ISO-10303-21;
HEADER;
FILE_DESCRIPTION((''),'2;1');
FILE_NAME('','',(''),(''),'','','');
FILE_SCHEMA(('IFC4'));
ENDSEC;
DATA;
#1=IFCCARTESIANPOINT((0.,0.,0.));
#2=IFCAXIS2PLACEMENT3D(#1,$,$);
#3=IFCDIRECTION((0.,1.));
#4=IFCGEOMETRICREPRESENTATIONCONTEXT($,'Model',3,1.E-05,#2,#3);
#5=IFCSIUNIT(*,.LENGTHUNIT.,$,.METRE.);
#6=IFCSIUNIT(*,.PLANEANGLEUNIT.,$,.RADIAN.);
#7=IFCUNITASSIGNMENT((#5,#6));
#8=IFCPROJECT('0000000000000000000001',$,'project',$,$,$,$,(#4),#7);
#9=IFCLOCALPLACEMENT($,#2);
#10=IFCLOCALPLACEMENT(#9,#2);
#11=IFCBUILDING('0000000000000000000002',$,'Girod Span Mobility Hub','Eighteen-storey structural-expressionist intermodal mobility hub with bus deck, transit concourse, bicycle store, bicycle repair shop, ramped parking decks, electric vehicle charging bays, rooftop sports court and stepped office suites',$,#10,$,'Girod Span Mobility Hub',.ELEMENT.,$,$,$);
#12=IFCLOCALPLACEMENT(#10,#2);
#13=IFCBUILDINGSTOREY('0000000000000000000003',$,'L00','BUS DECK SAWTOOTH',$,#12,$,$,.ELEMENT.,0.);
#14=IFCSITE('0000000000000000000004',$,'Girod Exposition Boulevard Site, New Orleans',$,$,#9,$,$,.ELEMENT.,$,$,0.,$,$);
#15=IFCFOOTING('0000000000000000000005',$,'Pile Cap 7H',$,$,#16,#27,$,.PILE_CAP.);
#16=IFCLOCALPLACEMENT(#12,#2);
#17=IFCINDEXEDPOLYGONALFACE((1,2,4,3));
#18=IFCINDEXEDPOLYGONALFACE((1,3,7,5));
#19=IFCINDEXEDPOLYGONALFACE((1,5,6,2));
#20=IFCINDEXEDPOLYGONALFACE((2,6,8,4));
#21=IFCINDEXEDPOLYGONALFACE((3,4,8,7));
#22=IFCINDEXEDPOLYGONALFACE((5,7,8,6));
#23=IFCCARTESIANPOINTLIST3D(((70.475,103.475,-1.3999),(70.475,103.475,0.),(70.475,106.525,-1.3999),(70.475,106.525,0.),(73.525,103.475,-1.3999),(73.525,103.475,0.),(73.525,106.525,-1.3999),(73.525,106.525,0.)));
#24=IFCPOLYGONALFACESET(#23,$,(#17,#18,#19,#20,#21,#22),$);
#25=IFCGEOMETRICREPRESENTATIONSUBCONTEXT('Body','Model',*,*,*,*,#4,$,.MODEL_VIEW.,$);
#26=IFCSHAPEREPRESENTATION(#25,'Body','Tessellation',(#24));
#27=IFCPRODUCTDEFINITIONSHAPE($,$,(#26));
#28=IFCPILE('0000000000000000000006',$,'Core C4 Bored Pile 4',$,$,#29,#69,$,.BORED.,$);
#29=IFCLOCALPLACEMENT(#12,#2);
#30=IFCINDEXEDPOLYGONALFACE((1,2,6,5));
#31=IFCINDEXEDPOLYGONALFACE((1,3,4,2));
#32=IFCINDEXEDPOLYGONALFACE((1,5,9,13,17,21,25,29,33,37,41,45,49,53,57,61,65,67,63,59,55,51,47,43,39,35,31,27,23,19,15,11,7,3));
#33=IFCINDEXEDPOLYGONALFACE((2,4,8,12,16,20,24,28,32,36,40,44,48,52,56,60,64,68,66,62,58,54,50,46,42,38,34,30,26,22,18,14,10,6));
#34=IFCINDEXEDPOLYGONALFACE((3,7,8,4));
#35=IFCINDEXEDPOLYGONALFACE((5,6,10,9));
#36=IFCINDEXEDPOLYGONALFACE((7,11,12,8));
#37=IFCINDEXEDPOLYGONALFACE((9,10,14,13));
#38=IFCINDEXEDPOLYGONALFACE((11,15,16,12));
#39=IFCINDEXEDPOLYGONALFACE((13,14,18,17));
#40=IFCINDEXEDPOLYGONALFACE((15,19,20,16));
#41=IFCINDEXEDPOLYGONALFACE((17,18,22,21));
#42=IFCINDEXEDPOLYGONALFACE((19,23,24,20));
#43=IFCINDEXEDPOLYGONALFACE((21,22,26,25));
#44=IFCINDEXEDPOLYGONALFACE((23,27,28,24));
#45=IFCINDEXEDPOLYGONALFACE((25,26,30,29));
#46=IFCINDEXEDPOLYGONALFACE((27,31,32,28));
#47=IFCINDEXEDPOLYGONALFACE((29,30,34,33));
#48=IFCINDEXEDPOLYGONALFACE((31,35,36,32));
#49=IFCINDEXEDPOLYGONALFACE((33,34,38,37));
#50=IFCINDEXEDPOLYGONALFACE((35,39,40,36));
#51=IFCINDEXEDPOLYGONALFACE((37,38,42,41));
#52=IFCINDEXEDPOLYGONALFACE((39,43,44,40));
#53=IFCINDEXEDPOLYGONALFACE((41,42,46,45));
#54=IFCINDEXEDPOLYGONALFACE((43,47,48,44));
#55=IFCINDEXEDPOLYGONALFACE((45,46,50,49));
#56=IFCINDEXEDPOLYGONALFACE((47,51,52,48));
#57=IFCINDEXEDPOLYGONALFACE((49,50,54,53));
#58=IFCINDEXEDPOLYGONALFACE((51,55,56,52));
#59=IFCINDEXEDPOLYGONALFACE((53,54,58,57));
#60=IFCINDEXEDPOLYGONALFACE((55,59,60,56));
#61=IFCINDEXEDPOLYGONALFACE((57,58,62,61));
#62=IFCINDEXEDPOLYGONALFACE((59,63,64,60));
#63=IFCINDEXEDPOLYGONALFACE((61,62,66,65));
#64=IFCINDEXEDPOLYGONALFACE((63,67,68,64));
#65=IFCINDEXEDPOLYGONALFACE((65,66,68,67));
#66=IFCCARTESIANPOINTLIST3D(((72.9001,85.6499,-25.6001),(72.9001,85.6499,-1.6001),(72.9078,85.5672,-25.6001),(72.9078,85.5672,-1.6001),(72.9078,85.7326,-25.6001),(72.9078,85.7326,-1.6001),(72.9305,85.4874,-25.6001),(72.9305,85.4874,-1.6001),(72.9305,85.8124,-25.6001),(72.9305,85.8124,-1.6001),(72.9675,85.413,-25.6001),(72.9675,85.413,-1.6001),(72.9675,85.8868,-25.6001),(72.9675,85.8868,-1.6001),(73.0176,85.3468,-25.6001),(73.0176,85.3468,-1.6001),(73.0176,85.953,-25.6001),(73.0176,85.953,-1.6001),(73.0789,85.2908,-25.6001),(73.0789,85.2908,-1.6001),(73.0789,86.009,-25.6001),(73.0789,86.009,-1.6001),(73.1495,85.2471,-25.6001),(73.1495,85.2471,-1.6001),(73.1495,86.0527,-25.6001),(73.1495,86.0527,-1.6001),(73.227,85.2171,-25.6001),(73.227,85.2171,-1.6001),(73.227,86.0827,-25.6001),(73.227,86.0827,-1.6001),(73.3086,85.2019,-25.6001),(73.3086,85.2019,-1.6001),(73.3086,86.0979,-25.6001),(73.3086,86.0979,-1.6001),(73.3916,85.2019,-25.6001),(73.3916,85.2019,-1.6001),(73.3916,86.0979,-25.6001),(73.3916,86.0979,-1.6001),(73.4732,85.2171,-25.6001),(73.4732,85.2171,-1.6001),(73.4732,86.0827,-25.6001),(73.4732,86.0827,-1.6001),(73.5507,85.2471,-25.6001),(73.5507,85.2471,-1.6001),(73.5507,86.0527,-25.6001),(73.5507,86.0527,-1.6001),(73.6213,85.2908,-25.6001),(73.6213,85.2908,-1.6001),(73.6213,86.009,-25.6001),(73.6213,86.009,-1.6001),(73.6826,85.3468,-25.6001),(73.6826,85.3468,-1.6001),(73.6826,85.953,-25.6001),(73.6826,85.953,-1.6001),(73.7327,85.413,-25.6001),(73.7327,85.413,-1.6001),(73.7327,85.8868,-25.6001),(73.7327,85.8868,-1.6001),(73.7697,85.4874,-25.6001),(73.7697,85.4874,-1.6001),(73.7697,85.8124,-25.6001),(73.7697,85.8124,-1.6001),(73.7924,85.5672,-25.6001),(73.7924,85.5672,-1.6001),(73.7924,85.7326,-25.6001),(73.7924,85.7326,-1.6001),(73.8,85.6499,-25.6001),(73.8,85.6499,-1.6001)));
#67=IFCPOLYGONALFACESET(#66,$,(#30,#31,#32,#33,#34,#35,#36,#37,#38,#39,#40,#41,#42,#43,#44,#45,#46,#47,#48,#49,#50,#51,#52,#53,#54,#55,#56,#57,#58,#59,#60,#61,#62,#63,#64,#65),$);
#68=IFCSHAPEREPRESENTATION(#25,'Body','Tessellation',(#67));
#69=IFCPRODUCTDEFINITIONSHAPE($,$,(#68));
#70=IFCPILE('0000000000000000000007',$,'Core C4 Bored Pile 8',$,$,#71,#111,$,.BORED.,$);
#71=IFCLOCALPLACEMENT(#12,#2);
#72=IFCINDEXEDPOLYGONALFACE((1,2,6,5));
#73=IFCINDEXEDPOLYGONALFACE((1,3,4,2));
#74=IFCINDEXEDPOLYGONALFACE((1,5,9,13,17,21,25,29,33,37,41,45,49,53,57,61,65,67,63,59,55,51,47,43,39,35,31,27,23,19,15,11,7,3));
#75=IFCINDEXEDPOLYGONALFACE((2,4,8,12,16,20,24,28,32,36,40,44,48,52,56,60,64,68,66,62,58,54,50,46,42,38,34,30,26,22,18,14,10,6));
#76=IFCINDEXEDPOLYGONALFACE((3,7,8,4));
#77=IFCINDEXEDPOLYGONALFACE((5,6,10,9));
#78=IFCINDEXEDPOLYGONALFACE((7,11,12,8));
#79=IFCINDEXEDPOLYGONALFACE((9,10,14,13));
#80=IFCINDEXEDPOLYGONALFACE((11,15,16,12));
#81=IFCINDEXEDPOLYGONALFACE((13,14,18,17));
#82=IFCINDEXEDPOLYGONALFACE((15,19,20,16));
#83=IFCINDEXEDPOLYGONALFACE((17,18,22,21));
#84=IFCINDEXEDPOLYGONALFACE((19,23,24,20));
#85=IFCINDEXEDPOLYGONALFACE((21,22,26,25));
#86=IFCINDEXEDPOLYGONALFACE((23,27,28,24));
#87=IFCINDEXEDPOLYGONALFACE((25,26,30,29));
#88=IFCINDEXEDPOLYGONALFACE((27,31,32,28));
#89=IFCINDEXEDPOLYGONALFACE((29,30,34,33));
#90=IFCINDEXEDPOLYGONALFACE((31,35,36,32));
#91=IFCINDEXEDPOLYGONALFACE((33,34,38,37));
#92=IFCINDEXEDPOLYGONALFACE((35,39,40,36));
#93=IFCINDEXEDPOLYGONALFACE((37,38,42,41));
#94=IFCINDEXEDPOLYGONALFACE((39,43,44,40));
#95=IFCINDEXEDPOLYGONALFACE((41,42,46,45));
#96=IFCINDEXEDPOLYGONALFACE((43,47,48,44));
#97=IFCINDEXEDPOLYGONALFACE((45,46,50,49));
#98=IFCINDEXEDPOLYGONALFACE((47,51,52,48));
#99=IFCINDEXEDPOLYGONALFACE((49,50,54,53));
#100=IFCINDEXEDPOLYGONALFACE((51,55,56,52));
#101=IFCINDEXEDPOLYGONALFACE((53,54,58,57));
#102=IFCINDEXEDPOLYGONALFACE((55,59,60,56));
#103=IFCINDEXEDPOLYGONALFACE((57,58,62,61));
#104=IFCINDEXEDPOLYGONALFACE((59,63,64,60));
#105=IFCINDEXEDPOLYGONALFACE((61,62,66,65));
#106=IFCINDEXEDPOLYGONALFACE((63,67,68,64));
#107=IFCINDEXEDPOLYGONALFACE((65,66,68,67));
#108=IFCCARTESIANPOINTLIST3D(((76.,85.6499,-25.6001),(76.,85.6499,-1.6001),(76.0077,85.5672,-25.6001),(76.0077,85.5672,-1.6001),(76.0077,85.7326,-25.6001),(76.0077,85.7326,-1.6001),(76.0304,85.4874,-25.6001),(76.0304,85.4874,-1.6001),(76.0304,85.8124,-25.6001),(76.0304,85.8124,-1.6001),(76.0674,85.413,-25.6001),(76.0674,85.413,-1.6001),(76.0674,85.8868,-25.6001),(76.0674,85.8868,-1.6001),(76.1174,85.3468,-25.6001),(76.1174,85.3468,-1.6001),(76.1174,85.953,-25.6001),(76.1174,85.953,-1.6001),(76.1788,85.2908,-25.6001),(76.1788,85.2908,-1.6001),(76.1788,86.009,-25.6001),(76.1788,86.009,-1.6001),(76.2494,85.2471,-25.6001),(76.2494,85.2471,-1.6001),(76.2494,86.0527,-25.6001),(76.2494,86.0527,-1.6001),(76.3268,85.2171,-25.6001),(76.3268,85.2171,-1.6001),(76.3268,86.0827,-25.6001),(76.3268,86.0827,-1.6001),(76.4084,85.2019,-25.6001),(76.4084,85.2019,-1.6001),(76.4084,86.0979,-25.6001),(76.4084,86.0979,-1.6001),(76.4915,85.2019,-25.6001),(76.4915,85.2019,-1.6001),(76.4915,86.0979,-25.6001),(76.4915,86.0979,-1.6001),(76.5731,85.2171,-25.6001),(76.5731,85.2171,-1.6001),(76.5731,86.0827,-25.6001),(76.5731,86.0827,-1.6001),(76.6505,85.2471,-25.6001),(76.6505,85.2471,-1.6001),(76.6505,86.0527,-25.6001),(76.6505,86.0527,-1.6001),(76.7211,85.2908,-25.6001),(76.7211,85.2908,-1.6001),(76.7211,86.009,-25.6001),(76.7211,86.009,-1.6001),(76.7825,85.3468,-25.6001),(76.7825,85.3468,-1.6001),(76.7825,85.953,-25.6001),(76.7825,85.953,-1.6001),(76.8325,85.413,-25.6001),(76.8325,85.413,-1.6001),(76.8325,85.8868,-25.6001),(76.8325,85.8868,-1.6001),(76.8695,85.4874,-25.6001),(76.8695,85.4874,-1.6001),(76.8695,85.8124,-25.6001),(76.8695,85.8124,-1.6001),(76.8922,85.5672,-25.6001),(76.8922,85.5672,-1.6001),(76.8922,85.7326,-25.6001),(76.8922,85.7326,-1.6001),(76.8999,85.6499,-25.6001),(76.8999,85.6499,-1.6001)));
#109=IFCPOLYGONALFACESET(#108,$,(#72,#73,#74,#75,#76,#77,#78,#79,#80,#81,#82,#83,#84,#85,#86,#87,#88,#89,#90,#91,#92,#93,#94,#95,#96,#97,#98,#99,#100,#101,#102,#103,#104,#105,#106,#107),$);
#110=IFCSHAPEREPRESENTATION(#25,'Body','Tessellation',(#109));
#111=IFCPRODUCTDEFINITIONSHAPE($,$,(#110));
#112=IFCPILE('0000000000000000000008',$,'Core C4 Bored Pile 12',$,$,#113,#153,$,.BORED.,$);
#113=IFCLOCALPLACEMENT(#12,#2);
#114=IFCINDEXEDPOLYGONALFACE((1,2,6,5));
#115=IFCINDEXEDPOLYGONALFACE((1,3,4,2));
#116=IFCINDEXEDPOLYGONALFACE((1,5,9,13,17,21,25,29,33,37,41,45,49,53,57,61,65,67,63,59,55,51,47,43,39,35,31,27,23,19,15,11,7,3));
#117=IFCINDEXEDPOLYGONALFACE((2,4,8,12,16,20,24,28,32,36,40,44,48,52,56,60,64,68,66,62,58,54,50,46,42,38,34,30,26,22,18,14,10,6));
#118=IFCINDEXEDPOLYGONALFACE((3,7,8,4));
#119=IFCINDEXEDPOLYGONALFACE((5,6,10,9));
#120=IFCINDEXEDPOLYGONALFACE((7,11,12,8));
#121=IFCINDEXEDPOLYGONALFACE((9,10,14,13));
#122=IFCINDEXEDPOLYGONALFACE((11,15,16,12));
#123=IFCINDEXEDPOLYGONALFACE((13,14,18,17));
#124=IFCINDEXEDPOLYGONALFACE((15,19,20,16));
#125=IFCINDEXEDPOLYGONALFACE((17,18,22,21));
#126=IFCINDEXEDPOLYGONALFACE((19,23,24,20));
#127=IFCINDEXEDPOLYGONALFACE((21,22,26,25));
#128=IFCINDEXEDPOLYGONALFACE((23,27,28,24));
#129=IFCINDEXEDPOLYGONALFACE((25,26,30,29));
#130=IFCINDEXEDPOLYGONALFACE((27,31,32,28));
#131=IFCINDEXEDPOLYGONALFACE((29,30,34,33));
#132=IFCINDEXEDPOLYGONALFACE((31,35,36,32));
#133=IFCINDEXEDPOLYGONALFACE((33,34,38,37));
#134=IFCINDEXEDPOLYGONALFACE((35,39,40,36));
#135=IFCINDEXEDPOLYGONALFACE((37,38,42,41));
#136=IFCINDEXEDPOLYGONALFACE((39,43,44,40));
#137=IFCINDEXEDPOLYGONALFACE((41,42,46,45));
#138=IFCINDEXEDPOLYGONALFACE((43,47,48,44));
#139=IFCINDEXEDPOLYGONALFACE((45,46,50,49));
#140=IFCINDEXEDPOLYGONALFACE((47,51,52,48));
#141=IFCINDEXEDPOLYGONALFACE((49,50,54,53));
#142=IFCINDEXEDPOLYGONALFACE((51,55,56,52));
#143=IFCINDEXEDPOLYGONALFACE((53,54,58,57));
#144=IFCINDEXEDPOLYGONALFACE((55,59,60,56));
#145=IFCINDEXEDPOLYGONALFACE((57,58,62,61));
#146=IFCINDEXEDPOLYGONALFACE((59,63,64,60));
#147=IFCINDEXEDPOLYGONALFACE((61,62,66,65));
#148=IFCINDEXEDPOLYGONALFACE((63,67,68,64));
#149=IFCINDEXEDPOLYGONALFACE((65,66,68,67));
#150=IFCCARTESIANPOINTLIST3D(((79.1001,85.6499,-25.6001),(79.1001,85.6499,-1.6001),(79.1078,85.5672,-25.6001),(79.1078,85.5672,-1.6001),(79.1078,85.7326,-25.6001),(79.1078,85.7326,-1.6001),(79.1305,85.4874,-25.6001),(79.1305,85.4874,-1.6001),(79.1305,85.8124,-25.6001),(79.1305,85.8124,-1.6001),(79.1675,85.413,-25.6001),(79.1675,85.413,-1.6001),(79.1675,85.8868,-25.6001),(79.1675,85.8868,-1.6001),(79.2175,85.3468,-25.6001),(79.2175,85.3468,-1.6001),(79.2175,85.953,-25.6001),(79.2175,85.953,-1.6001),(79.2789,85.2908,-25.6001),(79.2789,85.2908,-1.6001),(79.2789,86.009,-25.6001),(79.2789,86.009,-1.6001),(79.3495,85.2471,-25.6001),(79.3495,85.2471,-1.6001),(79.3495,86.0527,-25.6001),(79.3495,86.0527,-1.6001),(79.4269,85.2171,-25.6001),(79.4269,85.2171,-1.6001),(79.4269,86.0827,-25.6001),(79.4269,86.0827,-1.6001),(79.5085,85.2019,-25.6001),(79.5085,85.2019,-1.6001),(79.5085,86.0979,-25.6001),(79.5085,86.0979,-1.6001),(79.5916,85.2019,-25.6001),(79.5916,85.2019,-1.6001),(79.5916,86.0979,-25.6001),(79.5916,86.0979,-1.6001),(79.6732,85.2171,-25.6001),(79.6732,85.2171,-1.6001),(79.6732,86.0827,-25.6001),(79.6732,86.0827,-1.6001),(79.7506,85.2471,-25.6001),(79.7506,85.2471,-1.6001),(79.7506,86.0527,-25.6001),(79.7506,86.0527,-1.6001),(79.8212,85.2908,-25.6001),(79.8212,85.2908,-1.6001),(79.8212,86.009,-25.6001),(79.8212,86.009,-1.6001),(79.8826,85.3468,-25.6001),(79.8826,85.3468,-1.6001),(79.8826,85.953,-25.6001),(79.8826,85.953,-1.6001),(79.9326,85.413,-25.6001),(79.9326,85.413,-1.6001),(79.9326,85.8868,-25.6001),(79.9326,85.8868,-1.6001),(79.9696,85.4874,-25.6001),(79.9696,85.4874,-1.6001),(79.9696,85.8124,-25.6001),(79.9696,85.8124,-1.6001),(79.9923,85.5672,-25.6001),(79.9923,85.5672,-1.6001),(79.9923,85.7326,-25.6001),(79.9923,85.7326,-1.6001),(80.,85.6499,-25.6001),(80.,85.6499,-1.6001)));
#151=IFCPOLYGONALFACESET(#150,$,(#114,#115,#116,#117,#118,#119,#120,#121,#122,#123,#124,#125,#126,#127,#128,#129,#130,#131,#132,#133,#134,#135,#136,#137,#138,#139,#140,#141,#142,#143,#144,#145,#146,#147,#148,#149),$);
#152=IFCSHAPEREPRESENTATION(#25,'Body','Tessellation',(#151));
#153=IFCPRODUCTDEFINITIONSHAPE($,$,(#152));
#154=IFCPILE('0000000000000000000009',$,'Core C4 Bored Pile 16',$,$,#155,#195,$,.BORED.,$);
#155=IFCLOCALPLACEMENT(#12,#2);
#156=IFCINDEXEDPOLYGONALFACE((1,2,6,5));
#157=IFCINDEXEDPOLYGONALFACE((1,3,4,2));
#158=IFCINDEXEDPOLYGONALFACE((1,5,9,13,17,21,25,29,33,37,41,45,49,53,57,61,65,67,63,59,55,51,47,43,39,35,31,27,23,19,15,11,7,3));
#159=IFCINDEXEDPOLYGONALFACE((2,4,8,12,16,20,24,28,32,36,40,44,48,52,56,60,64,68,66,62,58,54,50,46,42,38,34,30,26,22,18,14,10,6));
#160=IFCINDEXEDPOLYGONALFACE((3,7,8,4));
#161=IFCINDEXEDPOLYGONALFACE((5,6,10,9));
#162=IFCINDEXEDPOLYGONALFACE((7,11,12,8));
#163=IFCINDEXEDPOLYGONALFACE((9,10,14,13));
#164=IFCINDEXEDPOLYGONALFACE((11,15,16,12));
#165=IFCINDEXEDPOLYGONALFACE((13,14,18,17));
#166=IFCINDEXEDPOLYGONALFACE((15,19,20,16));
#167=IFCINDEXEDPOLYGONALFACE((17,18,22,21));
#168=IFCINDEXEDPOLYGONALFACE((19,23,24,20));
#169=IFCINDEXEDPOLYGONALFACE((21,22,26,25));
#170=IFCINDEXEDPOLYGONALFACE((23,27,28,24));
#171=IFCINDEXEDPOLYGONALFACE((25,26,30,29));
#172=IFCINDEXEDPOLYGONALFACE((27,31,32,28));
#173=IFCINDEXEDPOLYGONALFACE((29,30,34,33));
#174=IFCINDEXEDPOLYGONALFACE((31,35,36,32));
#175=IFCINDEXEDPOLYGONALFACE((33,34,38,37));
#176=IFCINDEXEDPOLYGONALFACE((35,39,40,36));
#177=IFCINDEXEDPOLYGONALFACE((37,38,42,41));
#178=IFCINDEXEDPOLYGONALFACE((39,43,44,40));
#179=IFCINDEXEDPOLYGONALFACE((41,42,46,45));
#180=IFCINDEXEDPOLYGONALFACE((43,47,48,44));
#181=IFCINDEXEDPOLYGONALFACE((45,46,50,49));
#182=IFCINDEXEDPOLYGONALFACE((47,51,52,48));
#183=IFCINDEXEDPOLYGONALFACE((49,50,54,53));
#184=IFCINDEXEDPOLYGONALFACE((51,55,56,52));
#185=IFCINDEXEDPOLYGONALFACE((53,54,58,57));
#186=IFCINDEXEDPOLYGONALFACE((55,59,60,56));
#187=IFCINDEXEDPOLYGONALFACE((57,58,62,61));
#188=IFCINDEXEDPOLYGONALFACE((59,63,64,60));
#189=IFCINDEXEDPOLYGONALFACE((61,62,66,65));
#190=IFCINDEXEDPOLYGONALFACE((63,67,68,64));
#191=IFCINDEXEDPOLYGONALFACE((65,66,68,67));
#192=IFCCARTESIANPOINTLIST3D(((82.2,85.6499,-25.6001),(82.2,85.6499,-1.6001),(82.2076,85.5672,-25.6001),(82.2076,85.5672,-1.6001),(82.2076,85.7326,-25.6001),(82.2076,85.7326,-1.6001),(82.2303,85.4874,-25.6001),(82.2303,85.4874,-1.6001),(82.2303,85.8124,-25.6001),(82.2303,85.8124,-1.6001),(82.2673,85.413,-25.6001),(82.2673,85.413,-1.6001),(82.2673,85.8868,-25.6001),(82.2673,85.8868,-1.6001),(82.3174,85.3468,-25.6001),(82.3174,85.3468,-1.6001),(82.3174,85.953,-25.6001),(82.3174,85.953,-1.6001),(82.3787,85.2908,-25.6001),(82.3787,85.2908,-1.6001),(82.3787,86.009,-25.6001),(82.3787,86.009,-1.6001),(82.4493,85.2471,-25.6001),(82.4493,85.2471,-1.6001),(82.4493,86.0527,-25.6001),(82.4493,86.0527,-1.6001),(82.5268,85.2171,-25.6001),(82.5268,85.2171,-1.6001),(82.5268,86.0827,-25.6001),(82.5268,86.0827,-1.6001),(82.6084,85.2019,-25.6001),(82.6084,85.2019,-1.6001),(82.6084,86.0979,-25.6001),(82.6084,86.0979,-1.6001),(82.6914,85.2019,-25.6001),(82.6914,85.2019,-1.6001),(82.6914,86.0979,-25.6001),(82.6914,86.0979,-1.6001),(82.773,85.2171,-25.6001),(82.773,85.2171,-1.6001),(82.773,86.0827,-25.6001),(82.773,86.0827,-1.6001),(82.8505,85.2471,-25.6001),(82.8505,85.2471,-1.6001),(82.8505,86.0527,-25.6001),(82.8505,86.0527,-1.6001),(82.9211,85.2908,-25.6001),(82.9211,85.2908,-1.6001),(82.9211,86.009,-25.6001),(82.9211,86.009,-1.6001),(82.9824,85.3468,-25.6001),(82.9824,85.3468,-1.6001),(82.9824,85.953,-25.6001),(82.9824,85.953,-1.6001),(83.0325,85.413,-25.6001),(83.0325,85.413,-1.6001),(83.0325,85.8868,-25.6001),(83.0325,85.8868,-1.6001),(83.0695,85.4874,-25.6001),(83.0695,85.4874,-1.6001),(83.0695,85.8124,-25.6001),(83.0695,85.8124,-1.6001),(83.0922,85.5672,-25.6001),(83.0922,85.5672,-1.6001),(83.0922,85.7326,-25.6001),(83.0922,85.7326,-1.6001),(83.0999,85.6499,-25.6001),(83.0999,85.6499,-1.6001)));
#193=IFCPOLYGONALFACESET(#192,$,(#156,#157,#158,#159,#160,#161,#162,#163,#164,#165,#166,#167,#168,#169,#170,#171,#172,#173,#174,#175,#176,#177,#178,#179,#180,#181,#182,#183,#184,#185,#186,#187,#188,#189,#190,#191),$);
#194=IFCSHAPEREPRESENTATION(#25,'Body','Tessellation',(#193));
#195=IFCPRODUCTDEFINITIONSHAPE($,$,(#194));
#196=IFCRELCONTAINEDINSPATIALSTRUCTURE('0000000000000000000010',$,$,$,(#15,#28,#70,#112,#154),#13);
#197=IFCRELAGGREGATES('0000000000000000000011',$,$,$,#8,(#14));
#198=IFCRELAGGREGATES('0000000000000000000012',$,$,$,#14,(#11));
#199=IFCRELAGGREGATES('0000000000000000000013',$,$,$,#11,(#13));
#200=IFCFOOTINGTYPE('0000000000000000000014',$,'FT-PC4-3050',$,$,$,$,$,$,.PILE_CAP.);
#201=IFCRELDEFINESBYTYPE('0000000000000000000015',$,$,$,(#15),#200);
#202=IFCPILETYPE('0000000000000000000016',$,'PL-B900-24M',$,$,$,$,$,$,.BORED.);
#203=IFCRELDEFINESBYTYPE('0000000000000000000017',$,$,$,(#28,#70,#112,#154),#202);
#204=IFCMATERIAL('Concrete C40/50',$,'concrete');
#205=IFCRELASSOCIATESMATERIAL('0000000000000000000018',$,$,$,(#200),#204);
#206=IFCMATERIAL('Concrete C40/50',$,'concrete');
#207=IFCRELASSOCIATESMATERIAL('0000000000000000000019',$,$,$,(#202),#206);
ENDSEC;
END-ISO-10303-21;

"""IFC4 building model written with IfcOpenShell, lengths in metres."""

from ifc_helpers import new_model, si_unit, direction, frame, origin, origin_2d, place, context, subcontext, project, spatial, rectangle, circle, extrude, material, material_profile, profile_set, type_object, element, save


model = new_model("IFC4")

# Units and contexts
model_context = context("Model", 3, precision=1e-05, world=origin(), true_north=direction((0.0, 1.0)))
body_context = subcontext(model_context, "Body", "Model", "MODEL_VIEW")
ifc_project = project(units=[si_unit("LENGTHUNIT", "METRE"), si_unit("PLANEANGLEUNIT", "RADIAN")], contexts=[model_context])

# Site, building, storey
site_placement = place(None, origin())
site = spatial("IfcSite", under=ifc_project, at=site_placement, Name="Girod Exposition Boulevard Site, New Orleans", CompositionType="ELEMENT", RefElevation=0.0)
building_placement = place(site_placement, origin())
building = spatial("IfcBuilding", under=site, at=building_placement, Name="Girod Span Mobility Hub", Description="Eighteen-storey structural-expressionist intermodal mobility hub with bus deck, transit concourse, bicycle store, bicycle repair shop, ramped parking decks, electric vehicle charging bays, rooftop sports court and stepped office suites", LongName="Girod Span Mobility Hub", CompositionType="ELEMENT")
storey_placement = place(building_placement, origin())
storey = spatial("IfcBuildingStorey", under=building, at=storey_placement, Name="L00", Description="BUS DECK SAWTOOTH", CompositionType="ELEMENT", Elevation=0.0)

# Footing
ifc_material_1 = material(Name="Concrete C40/50", Category="concrete")
footing_type = type_object("IfcFootingType", Name="FT-PC4-3050", PredefinedType="PILE_CAP", material=ifc_material_1)
footing_placement = place(storey_placement, frame((72.0, 105.0, -1.3999), z_axis=(0.0, 0.0, 1.0), x_axis=(1.0, 0.0, 0.0)))
element("IfcFooting", 1, at=footing_placement, inside=storey, type_object=footing_type, Name="Pile Cap 7H", PredefinedType="PILE_CAP", context=body_context, shape_type="SweptSolid", body=[
    extrude(rectangle(XDim=3.05, YDim=3.05, at=origin_2d()), origin(), (0.0, 0.0, 1.0), 1.3999),
])

# Piles
ifc_material_2 = material(Name="Concrete C40/50", Category="concrete")
ifc_material_profile_1 = material_profile(ifc_material_2, circle(Radius=0.45, at=origin_2d()), Name="PILE-D900")
ifc_profile_set_1 = profile_set([ifc_material_profile_1], Name="Concrete C40/50")
pile_type_1 = type_object("IfcPileType", Name="PL-B900-24M", PredefinedType="BORED", material=ifc_profile_set_1)
for number, where, z_axis, x_axis, name in (
    (2, (73.3501, 85.6499, -1.6001), (0.0, 0.0, -1.0), (1.0, 0.0, 0.0), "Core C4 Bored Pile 4"),
    (3, (76.45, 85.6499, -1.6001), (0.0, 0.0, -1.0), (1.0, 0.0, 0.0), "Core C4 Bored Pile 8"),
    (4, (79.55, 85.6499, -1.6001), (0.0, 0.0, -1.0), (1.0, 0.0, 0.0), "Core C4 Bored Pile 12"),
    (5, (82.6499, 85.6499, -1.6001), (0.0, 0.0, -1.0), (1.0, 0.0, 0.0), "Core C4 Bored Pile 16"),
):
    element("IfcPile", number, at=place(storey_placement, frame(where, z_axis=z_axis, x_axis=x_axis)), inside=storey, type_object=pile_type_1, Name=name, PredefinedType="BORED", context=body_context, shape_type="SweptSolid", body=[
        extrude(circle(Radius=0.45, at=origin_2d()), origin(), (0.0, 0.0, 1.0), 24.0),
    ])

save(model, "model.ifc")
